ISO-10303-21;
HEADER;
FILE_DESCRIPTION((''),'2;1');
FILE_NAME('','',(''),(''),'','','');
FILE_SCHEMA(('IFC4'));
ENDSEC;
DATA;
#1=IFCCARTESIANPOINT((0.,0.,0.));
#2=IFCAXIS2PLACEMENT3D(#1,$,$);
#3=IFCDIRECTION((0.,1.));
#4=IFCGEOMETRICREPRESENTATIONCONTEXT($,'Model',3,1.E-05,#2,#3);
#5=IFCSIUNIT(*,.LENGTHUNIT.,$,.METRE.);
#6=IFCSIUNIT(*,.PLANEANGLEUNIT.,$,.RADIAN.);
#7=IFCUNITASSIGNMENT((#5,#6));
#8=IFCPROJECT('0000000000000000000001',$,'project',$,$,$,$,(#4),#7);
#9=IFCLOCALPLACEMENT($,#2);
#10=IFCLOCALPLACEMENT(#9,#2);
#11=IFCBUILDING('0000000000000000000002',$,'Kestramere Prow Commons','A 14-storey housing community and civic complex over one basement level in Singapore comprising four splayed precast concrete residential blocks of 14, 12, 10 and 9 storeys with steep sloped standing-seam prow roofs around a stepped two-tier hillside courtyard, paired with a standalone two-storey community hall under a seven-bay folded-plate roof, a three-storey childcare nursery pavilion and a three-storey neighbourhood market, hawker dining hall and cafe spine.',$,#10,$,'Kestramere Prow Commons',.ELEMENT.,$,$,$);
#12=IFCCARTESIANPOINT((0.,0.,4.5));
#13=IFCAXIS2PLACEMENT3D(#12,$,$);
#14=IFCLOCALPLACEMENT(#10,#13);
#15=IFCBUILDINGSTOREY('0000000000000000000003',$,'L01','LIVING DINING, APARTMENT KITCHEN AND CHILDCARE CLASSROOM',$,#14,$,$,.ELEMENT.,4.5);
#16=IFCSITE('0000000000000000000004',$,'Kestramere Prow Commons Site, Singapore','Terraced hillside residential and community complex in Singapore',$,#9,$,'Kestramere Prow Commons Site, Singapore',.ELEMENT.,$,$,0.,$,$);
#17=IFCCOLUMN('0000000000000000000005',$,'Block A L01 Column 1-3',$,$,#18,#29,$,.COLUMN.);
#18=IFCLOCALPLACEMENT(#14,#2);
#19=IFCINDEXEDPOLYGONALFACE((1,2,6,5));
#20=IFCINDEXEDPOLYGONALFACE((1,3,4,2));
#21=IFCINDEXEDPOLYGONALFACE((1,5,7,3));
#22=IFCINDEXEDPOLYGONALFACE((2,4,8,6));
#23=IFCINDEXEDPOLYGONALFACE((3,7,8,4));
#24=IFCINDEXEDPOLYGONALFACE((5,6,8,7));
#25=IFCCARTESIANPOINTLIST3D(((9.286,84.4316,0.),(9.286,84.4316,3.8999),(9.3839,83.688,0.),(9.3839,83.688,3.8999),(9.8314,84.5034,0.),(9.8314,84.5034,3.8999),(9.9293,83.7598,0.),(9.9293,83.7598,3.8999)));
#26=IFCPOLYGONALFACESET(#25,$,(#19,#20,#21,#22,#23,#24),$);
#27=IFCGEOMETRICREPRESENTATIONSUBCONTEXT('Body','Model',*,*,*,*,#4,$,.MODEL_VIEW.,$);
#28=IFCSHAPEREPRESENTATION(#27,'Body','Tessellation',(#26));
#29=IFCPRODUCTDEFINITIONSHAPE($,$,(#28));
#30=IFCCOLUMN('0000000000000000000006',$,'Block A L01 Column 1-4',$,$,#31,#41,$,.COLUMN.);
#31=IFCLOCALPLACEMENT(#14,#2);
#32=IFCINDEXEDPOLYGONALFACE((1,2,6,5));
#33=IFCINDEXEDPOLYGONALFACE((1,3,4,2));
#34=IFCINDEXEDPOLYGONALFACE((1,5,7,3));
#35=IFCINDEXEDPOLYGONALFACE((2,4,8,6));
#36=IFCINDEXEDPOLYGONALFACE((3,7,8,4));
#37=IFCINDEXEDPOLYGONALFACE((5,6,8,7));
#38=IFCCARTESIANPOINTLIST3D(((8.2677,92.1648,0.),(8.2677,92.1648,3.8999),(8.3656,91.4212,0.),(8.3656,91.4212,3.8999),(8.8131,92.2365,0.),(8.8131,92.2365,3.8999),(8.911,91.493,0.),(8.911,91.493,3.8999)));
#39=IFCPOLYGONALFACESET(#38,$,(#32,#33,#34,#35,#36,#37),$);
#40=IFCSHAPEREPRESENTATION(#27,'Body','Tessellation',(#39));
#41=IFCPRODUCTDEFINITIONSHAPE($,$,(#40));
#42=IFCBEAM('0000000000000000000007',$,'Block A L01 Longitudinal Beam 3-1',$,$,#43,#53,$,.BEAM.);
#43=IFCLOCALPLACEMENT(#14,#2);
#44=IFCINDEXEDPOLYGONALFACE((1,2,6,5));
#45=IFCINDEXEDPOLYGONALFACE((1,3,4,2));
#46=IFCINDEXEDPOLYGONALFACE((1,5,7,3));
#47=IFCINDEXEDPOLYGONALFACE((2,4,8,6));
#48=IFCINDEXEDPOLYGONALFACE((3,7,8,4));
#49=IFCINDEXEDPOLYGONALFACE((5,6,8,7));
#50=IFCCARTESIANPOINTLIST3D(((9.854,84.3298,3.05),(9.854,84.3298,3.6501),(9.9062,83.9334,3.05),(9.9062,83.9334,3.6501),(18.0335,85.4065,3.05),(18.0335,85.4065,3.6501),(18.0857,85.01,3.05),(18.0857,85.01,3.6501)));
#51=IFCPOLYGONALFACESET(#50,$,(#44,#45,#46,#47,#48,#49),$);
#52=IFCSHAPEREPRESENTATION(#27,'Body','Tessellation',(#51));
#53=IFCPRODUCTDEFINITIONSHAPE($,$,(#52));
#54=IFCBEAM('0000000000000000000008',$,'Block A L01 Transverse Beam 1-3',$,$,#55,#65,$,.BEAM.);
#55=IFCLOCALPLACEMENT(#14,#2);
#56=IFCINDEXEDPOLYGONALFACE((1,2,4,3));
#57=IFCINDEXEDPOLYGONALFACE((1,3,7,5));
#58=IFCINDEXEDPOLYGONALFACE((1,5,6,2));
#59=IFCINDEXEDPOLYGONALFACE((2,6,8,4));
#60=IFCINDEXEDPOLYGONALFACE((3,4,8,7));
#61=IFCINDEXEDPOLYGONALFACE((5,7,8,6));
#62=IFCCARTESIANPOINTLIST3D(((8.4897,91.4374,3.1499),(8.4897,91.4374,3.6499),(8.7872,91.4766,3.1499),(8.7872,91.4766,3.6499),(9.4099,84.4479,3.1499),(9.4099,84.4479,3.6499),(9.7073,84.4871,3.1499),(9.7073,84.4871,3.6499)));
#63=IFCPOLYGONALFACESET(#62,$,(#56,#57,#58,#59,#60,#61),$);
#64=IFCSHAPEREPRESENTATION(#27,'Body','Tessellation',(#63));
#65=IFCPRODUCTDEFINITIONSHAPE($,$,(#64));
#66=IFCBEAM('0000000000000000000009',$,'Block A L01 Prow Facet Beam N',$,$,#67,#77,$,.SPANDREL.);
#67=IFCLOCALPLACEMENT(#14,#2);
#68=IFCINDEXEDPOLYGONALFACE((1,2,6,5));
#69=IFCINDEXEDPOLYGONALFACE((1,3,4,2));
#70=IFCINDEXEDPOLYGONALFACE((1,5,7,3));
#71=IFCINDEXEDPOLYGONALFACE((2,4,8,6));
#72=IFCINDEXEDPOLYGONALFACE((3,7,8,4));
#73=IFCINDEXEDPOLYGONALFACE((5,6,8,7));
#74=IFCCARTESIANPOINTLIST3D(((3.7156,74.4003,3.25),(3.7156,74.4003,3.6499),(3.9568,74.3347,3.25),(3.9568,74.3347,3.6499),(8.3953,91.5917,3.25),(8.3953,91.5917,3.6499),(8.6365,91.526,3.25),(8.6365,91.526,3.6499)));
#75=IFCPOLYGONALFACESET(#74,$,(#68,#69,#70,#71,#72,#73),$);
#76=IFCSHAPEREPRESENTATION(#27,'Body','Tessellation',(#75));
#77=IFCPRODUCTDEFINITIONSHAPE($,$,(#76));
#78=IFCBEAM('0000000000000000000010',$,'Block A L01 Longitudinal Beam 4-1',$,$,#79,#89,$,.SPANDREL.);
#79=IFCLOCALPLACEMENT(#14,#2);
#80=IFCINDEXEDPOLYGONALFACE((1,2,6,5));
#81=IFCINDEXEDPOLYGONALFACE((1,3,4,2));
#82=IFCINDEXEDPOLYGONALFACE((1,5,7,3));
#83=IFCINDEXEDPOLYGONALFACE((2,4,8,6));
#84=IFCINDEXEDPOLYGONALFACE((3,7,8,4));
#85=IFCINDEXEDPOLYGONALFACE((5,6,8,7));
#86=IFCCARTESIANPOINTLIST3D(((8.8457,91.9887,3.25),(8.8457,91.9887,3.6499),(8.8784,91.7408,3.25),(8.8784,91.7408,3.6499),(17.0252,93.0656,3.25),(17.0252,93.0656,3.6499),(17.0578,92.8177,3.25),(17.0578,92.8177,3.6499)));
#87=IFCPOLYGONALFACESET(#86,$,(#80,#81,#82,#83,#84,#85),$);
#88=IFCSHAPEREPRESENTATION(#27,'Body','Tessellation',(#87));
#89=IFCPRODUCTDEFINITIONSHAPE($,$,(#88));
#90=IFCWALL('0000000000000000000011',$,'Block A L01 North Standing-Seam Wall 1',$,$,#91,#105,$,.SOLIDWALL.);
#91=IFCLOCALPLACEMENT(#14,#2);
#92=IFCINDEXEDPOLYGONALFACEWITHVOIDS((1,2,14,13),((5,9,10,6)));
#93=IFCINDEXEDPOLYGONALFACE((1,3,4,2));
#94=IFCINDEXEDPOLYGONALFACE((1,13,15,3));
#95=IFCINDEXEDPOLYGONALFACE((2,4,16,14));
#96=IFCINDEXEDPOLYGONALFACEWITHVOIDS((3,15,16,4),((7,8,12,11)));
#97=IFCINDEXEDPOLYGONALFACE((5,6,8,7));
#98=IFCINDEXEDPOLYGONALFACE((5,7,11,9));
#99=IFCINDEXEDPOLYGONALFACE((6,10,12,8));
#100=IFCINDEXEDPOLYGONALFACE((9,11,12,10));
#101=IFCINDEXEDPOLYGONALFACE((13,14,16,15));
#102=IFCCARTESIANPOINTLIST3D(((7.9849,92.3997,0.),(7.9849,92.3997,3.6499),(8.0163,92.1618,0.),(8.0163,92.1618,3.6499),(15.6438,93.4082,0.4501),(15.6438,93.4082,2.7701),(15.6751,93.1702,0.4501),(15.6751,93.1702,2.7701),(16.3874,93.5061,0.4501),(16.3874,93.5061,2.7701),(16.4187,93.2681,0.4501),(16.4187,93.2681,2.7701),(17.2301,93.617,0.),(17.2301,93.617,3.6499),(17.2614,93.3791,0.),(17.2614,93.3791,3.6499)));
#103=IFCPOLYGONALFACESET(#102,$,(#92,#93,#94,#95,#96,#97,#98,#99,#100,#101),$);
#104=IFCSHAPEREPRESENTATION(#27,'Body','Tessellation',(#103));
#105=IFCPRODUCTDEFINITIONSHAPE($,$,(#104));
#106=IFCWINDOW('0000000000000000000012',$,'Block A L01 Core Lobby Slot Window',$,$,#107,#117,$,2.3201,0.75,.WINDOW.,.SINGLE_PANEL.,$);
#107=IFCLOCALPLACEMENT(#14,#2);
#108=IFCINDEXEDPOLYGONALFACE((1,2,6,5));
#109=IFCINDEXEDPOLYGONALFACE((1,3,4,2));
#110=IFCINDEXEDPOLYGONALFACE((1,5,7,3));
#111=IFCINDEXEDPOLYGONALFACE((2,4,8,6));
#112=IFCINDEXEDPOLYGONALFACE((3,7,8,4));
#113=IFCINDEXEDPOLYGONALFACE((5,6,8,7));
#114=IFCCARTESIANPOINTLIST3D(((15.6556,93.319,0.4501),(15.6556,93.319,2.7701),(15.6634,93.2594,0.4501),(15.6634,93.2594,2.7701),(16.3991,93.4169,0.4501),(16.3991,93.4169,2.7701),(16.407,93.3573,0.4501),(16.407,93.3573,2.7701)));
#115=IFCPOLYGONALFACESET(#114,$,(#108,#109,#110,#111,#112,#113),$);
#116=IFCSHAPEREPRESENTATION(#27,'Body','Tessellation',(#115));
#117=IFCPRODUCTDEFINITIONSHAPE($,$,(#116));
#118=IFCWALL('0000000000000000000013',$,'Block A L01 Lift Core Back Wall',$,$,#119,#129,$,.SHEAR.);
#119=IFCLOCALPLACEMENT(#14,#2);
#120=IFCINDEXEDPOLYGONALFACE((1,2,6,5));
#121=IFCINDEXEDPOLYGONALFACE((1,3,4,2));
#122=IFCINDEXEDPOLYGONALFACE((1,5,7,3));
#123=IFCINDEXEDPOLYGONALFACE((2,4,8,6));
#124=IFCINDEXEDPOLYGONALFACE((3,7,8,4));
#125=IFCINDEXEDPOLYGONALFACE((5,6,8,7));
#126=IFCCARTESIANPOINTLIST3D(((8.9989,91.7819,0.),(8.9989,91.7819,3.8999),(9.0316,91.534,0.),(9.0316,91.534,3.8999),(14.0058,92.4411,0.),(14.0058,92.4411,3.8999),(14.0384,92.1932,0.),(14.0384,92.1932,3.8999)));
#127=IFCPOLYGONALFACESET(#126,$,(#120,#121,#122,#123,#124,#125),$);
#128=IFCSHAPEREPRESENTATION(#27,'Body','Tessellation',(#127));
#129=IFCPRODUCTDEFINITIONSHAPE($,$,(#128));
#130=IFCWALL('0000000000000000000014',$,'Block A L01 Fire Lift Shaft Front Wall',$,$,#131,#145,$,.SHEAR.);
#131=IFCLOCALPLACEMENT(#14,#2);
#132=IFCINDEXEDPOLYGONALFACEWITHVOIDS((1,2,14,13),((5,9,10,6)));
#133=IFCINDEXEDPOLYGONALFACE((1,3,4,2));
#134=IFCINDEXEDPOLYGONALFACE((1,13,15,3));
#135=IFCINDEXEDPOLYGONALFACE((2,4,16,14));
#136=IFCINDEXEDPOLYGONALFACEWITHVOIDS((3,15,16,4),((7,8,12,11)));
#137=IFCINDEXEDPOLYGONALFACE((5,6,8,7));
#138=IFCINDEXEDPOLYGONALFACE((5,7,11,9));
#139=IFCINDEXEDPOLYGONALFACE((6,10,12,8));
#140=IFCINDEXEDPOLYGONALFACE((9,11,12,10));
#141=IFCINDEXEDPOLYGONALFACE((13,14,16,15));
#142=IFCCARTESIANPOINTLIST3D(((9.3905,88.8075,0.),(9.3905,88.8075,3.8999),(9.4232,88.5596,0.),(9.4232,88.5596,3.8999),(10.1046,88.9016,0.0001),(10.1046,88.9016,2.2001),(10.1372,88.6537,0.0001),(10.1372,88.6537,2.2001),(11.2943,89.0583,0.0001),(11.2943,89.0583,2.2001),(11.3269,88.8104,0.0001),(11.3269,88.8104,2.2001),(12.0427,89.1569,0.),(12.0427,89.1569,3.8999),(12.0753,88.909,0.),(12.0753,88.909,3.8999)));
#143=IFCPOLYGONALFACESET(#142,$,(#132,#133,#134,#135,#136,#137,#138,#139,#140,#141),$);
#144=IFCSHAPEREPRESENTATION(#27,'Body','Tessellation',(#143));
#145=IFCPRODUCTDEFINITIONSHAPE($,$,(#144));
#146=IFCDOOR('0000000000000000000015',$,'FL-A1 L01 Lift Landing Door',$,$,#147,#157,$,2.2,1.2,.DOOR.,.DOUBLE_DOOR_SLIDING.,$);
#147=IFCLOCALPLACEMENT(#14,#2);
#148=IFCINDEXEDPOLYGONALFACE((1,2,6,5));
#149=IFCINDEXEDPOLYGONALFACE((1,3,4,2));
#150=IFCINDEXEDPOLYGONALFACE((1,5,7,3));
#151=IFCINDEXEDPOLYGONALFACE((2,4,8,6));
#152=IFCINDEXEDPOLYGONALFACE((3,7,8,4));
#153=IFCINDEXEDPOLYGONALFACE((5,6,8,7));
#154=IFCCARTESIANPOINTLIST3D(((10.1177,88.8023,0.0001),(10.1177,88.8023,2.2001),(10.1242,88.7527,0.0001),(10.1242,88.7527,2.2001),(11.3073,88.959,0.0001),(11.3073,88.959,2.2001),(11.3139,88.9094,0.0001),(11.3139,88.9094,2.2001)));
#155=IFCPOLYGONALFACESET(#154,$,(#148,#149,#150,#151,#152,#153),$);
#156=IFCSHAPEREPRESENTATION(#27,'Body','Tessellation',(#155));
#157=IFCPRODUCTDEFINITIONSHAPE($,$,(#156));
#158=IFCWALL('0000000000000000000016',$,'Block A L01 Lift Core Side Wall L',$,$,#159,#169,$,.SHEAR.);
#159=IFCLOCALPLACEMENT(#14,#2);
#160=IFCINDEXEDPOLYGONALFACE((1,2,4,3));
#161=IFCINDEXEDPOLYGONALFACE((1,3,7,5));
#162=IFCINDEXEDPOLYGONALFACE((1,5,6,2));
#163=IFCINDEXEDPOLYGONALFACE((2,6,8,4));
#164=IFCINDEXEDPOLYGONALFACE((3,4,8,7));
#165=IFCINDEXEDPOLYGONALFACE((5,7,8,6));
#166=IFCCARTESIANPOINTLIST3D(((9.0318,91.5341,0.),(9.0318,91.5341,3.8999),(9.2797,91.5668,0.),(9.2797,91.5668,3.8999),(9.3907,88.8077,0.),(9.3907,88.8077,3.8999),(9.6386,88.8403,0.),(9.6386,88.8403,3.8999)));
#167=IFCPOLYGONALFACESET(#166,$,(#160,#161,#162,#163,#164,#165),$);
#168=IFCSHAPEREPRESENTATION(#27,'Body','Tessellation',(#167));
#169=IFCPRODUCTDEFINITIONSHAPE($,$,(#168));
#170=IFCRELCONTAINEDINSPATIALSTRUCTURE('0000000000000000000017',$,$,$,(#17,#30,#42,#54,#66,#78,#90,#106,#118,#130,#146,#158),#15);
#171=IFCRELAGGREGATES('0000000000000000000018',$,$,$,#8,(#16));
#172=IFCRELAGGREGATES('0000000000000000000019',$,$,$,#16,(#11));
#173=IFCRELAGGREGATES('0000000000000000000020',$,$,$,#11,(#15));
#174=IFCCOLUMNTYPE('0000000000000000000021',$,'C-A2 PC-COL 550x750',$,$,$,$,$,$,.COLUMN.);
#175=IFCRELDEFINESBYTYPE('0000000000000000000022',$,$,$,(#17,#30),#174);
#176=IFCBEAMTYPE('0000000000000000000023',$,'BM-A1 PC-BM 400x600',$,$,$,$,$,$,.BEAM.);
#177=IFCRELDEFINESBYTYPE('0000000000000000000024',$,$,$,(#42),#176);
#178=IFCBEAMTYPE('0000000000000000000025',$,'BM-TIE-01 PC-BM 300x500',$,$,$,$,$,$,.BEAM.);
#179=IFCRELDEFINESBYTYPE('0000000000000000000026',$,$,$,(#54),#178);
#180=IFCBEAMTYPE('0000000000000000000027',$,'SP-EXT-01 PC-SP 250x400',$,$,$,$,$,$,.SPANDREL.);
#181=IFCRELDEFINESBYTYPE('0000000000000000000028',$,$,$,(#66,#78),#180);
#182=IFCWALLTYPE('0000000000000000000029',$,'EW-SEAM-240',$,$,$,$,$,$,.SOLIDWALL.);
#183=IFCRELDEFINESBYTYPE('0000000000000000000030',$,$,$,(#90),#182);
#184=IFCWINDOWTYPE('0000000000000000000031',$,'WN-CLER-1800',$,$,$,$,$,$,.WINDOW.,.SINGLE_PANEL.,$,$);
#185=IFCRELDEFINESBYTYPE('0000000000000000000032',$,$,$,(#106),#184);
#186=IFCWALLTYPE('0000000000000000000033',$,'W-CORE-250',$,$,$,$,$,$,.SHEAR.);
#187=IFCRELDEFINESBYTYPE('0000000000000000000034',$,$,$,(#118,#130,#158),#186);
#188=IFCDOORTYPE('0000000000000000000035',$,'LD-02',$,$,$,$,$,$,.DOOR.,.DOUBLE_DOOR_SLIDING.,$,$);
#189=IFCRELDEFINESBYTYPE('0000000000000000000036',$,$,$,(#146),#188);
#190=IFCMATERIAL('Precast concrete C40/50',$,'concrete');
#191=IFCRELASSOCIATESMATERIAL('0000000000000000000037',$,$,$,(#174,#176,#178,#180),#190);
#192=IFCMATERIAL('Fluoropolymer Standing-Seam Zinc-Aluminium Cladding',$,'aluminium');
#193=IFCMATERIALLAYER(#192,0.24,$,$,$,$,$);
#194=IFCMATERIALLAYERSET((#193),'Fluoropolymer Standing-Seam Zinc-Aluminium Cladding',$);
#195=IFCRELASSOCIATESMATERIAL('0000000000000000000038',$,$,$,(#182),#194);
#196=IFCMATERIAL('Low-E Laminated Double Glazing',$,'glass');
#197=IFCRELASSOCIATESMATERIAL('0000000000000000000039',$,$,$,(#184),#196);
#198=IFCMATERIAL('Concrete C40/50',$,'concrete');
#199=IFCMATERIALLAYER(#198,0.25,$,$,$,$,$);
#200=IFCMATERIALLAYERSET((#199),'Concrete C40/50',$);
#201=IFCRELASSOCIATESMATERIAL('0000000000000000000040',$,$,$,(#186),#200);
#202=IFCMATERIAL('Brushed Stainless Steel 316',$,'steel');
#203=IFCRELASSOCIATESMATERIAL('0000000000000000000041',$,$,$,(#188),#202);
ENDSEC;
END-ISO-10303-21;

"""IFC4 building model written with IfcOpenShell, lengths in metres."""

from ifc_helpers import new_model, si_unit, direction, frame, frame_2d, origin, origin_2d, place, context, subcontext, project, spatial, rectangle, extrude, material, layer, layer_set, material_profile, profile_set, type_object, element, fill, save


model = new_model("IFC4")

# Units and contexts
model_context = context("Model", 3, precision=1e-05, world=origin(), true_north=direction((0.0, 1.0)))
body_context = subcontext(model_context, "Body", "Model", "MODEL_VIEW")
ifc_project = project(units=[si_unit("LENGTHUNIT", "METRE"), si_unit("PLANEANGLEUNIT", "RADIAN")], contexts=[model_context])

# Site, building, storey
site_placement = place(None, origin())
site = spatial("IfcSite", under=ifc_project, at=site_placement, Name="Kestramere Prow Commons Site, Singapore", Description="Terraced hillside residential and community complex in Singapore", LongName="Kestramere Prow Commons Site, Singapore", CompositionType="ELEMENT", RefElevation=0.0)
building_placement = place(site_placement, origin())
building = spatial("IfcBuilding", under=site, at=building_placement, Name="Kestramere Prow Commons", Description="A 14-storey housing community and civic complex over one basement level in Singapore comprising four splayed precast concrete residential blocks of 14, 12, 10 and 9 storeys with steep sloped standing-seam prow roofs around a stepped two-tier hillside courtyard, paired with a standalone two-storey community hall under a seven-bay folded-plate roof, a three-storey childcare nursery pavilion and a three-storey neighbourhood market, hawker dining hall and cafe spine.", LongName="Kestramere Prow Commons", CompositionType="ELEMENT")
storey_placement = place(building_placement, frame((0.0, 0.0, 4.5)))
storey = spatial("IfcBuildingStorey", under=building, at=storey_placement, Name="L01", Description="LIVING DINING, APARTMENT KITCHEN AND CHILDCARE CLASSROOM", CompositionType="ELEMENT", Elevation=4.5)

# Columns
ifc_material_1 = material(Name="Precast concrete C40/50", Category="concrete")
ifc_material_profile_1 = material_profile(ifc_material_1, rectangle(XDim=0.55, YDim=0.75, at=origin_2d()), Name="PC-COL 550x750")
ifc_profile_set_1 = profile_set([ifc_material_profile_1], Name="Precast concrete C40/50")
column_type = type_object("IfcColumnType", Name="C-A2 PC-COL 550x750", PredefinedType="COLUMN", material=ifc_profile_set_1)
for number, where, z_axis, x_axis, name in (
    (1, (9.6077, 84.0957, 0.0), (0.0, 0.0, 1.0), (0.991445, 0.130526, 0.0), "Block A L01 Column 1-3"),
    (2, (8.5894, 91.8289, 0.0), (0.0, 0.0, 1.0), (0.991445, 0.130526, 0.0), "Block A L01 Column 1-4"),
):
    element("IfcColumn", number, at=place(storey_placement, frame(where, z_axis=z_axis, x_axis=x_axis)), inside=storey, type_object=column_type, Name=name, PredefinedType="COLUMN", context=body_context, shape_type="SweptSolid", body=[
        extrude(rectangle(XDim=0.55, YDim=0.75, at=origin_2d()), origin(), (0.0, 0.0, 1.0), 3.8999),
    ])

# Beams
ifc_material_profile_2 = material_profile(ifc_material_1, rectangle(XDim=0.3999, YDim=0.6001, at=origin_2d()), Name="PC-BM 400x600")
ifc_profile_set_2 = profile_set([ifc_material_profile_2], Name="Precast concrete C40/50")
beam_type_1 = type_object("IfcBeamType", Name="BM-A1 PC-BM 400x600", PredefinedType="BEAM", material=ifc_profile_set_2)
beam_1_placement = place(storey_placement, frame((9.8801, 84.1316, 3.3501), z_axis=(0.991448, 0.130504, 0.0), x_axis=(-0.130504, 0.991448, 0.0)))
element("IfcBeam", 3, at=beam_1_placement, inside=storey, type_object=beam_type_1, Name="Block A L01 Longitudinal Beam 3-1", PredefinedType="BEAM", context=body_context, shape_type="SweptSolid", body=[
    extrude(rectangle(XDim=0.3999, YDim=0.6001, at=origin_2d()), origin(), (0.0, 0.0, 1.0), 8.25),
])
ifc_material_profile_3 = material_profile(ifc_material_1, rectangle(XDim=0.3, YDim=0.5, at=origin_2d()), Name="PC-BM 300x500")
ifc_profile_set_3 = profile_set([ifc_material_profile_3], Name="Precast concrete C40/50")
beam_type_2 = type_object("IfcBeamType", Name="BM-TIE-01 PC-BM 300x500", PredefinedType="BEAM", material=ifc_profile_set_3)
beam_2_placement = place(storey_placement, frame((9.5586, 84.4675, 3.3999), z_axis=(-0.130523, 0.991445, 0.0), x_axis=(-0.991445, -0.130523, 0.0)))
element("IfcBeam", 4, at=beam_2_placement, inside=storey, type_object=beam_type_2, Name="Block A L01 Transverse Beam 1-3", PredefinedType="BEAM", context=body_context, shape_type="SweptSolid", body=[
    extrude(rectangle(XDim=0.3, YDim=0.5, at=origin_2d()), origin(), (0.0, 0.0, 1.0), 7.0498),
])
ifc_material_profile_4 = material_profile(ifc_material_1, rectangle(XDim=0.25, YDim=0.3999, at=origin_2d()), Name="PC-SP 250x400")
ifc_profile_set_4 = profile_set([ifc_material_profile_4], Name="Precast concrete C40/50")
beam_type_3 = type_object("IfcBeamType", Name="SP-EXT-01 PC-SP 250x400", PredefinedType="SPANDREL", material=ifc_profile_set_4)
beam_3_placement = place(storey_placement, frame((8.5159, 91.5588, 3.45), z_axis=(-0.262654, -0.96489, 0.0), x_axis=(0.96489, -0.262654, 0.0)))
element("IfcBeam", 5, at=beam_3_placement, inside=storey, type_object=beam_type_3, Name="Block A L01 Prow Facet Beam N", PredefinedType="SPANDREL", context=body_context, shape_type="SweptSolid", body=[
    extrude(rectangle(XDim=0.25, YDim=0.3999, at=origin_2d()), origin(), (0.0, 0.0, 1.0), 17.8169),
])
beam_4_placement = place(storey_placement, frame((8.8621, 91.8647, 3.45), z_axis=(0.991444, 0.130533, 0.0), x_axis=(-0.130533, 0.991444, 0.0)))
element("IfcBeam", 6, at=beam_4_placement, inside=storey, type_object=beam_type_3, Name="Block A L01 Longitudinal Beam 4-1", PredefinedType="SPANDREL", context=body_context, shape_type="SweptSolid", body=[
    extrude(rectangle(XDim=0.25, YDim=0.3999, at=origin_2d()), origin(), (0.0, 0.0, 1.0), 8.25),
])

# Wall, opening, window
ifc_material_2 = material(Name="Fluoropolymer Standing-Seam Zinc-Aluminium Cladding", Category="aluminium")
ifc_layer_1 = layer(ifc_material_2, 0.24)
ifc_layer_set_1 = layer_set([ifc_layer_1], Name="Fluoropolymer Standing-Seam Zinc-Aluminium Cladding")
wall_type_1 = type_object("IfcWallType", Name="EW-SEAM-240", PredefinedType="SOLIDWALL", material=ifc_layer_set_1)
wall_1_placement = place(storey_placement, frame((8.0005, 92.2808, 0.0), z_axis=(0.0, 0.0, 1.0), x_axis=(0.991443, 0.130541, 0.0)))
wall_1 = element("IfcWall", 7, at=wall_1_placement, inside=storey, type_object=wall_type_1, Name="Block A L01 North Standing-Seam Wall 1", PredefinedType="SOLIDWALL", context=body_context, shape_type="SweptSolid", body=[
    extrude(rectangle(XDim=9.325, YDim=0.24, at=frame_2d((4.6626, 0.0))), origin(), (0.0, 0.0, 1.0), 3.6499),
])
opening_1_placement = place(wall_1_placement, frame((7.7251, 0.0, 0.45)))
opening_1 = element("IfcOpeningElement", 8, at=opening_1_placement, cuts=wall_1, PredefinedType="OPENING", context=body_context, shape_type="SweptSolid", body=[
    extrude(rectangle(XDim=0.75, YDim=2.3201, at=frame_2d((0.375, 1.1602))), frame((0.0, 0.135, 0.0), z_axis=(0.0, -1.0, 0.0), x_axis=(1.0, 0.0, 0.0)), (0.0, 0.0, 1.0), 0.27),
])
ifc_material_3 = material(Name="Low-E Laminated Double Glazing", Category="glass")
window_type = type_object("IfcWindowType", Name="WN-CLER-1800", PartitioningType="SINGLE_PANEL", PredefinedType="WINDOW", material=ifc_material_3)
window_placement = place(opening_1_placement, origin())
window = element("IfcWindow", 9, at=window_placement, inside=storey, type_object=window_type, Name="Block A L01 Core Lobby Slot Window", OverallHeight=2.3201, OverallWidth=0.75, PartitioningType="SINGLE_PANEL", PredefinedType="WINDOW", context=body_context, shape_type="SweptSolid", body=[
    extrude(rectangle(XDim=0.75, YDim=2.3201, at=frame_2d((0.375, 1.1602))), frame((0.0, 0.03, 0.0), z_axis=(0.0, -1.0, 0.0), x_axis=(1.0, 0.0, 0.0)), (0.0, 0.0, 1.0), 0.0601),
])
fill(opening_1, window)

# Wall
ifc_material_4 = material(Name="Concrete C40/50", Category="concrete")
ifc_layer_2 = layer(ifc_material_4, 0.25)
ifc_layer_set_2 = layer_set([ifc_layer_2], Name="Concrete C40/50")
wall_type_2 = type_object("IfcWallType", Name="W-CORE-250", PredefinedType="SHEAR", material=ifc_layer_set_2)
wall_2_placement = place(storey_placement, frame((9.0154, 91.658, 0.0), z_axis=(0.0, 0.0, 1.0), x_axis=(0.991444, 0.13053, 0.0)))
element("IfcWall", 10, at=wall_2_placement, inside=storey, type_object=wall_type_2, Name="Block A L01 Lift Core Back Wall", PredefinedType="SHEAR", context=body_context, shape_type="SweptSolid", body=[
    extrude(rectangle(XDim=5.05, YDim=0.25, at=frame_2d((2.5249, 0.0))), origin(), (0.0, 0.0, 1.0), 3.8999),
])

# Wall, opening, door
wall_3_placement = place(storey_placement, frame((9.407, 88.6836, 0.0), z_axis=(0.0, 0.0, 1.0), x_axis=(0.991435, 0.130603, 0.0)))
wall_3 = element("IfcWall", 11, at=wall_3_placement, inside=storey, type_object=wall_type_2, Name="Block A L01 Fire Lift Shaft Front Wall", PredefinedType="SHEAR", context=body_context, shape_type="SweptSolid", body=[
    extrude(rectangle(XDim=2.675, YDim=0.25, at=frame_2d((1.3374, 0.0))), origin(), (0.0, 0.0, 1.0), 3.8999),
])
opening_2_placement = place(wall_3_placement, frame((0.72, 0.0, 0.0)))
opening_2 = element("IfcOpeningElement", 12, at=opening_2_placement, cuts=wall_3, PredefinedType="OPENING", context=body_context, shape_type="SweptSolid", body=[
    extrude(rectangle(XDim=1.2, YDim=2.2, at=frame_2d((0.6001, 1.1001))), frame((0.0, 0.1399, 0.0), z_axis=(0.0, -1.0, 0.0), x_axis=(1.0, 0.0, 0.0)), (0.0, 0.0, 1.0), 0.28),
])
ifc_material_5 = material(Name="Brushed Stainless Steel 316", Category="steel")
door_type_1 = type_object("IfcDoorType", Name="LD-02", OperationType="DOUBLE_DOOR_SLIDING", PredefinedType="DOOR", material=ifc_material_5)
door_1_placement = place(opening_2_placement, origin())
door_1 = element("IfcDoor", 13, at=door_1_placement, inside=storey, type_object=door_type_1, Name="FL-A1 L01 Lift Landing Door", OperationType="DOUBLE_DOOR_SLIDING", OverallHeight=2.2, OverallWidth=1.2, PredefinedType="DOOR", context=body_context, shape_type="SweptSolid", body=[
    extrude(rectangle(XDim=1.2, YDim=2.2, at=frame_2d((0.6001, 1.1001))), frame((0.0, 0.0249, 0.0), z_axis=(0.0, -1.0, 0.0), x_axis=(1.0, 0.0, 0.0)), (0.0, 0.0, 1.0), 0.05),
])
fill(opening_2, door_1)

# Wall
wall_4_placement = place(storey_placement, frame((9.5146, 88.824, 0.0), z_axis=(0.0, 0.0, 1.0), x_axis=(-0.1305, 0.991448, 0.0)))
element("IfcWall", 14, at=wall_4_placement, inside=storey, type_object=wall_type_2, Name="Block A L01 Lift Core Side Wall L", PredefinedType="SHEAR", context=body_context, shape_type="SweptSolid", body=[
    extrude(rectangle(XDim=2.75, YDim=0.25, at=frame_2d((1.375, 0.0))), origin(), (0.0, 0.0, 1.0), 3.8999),
])

save(model, "model.ifc")
